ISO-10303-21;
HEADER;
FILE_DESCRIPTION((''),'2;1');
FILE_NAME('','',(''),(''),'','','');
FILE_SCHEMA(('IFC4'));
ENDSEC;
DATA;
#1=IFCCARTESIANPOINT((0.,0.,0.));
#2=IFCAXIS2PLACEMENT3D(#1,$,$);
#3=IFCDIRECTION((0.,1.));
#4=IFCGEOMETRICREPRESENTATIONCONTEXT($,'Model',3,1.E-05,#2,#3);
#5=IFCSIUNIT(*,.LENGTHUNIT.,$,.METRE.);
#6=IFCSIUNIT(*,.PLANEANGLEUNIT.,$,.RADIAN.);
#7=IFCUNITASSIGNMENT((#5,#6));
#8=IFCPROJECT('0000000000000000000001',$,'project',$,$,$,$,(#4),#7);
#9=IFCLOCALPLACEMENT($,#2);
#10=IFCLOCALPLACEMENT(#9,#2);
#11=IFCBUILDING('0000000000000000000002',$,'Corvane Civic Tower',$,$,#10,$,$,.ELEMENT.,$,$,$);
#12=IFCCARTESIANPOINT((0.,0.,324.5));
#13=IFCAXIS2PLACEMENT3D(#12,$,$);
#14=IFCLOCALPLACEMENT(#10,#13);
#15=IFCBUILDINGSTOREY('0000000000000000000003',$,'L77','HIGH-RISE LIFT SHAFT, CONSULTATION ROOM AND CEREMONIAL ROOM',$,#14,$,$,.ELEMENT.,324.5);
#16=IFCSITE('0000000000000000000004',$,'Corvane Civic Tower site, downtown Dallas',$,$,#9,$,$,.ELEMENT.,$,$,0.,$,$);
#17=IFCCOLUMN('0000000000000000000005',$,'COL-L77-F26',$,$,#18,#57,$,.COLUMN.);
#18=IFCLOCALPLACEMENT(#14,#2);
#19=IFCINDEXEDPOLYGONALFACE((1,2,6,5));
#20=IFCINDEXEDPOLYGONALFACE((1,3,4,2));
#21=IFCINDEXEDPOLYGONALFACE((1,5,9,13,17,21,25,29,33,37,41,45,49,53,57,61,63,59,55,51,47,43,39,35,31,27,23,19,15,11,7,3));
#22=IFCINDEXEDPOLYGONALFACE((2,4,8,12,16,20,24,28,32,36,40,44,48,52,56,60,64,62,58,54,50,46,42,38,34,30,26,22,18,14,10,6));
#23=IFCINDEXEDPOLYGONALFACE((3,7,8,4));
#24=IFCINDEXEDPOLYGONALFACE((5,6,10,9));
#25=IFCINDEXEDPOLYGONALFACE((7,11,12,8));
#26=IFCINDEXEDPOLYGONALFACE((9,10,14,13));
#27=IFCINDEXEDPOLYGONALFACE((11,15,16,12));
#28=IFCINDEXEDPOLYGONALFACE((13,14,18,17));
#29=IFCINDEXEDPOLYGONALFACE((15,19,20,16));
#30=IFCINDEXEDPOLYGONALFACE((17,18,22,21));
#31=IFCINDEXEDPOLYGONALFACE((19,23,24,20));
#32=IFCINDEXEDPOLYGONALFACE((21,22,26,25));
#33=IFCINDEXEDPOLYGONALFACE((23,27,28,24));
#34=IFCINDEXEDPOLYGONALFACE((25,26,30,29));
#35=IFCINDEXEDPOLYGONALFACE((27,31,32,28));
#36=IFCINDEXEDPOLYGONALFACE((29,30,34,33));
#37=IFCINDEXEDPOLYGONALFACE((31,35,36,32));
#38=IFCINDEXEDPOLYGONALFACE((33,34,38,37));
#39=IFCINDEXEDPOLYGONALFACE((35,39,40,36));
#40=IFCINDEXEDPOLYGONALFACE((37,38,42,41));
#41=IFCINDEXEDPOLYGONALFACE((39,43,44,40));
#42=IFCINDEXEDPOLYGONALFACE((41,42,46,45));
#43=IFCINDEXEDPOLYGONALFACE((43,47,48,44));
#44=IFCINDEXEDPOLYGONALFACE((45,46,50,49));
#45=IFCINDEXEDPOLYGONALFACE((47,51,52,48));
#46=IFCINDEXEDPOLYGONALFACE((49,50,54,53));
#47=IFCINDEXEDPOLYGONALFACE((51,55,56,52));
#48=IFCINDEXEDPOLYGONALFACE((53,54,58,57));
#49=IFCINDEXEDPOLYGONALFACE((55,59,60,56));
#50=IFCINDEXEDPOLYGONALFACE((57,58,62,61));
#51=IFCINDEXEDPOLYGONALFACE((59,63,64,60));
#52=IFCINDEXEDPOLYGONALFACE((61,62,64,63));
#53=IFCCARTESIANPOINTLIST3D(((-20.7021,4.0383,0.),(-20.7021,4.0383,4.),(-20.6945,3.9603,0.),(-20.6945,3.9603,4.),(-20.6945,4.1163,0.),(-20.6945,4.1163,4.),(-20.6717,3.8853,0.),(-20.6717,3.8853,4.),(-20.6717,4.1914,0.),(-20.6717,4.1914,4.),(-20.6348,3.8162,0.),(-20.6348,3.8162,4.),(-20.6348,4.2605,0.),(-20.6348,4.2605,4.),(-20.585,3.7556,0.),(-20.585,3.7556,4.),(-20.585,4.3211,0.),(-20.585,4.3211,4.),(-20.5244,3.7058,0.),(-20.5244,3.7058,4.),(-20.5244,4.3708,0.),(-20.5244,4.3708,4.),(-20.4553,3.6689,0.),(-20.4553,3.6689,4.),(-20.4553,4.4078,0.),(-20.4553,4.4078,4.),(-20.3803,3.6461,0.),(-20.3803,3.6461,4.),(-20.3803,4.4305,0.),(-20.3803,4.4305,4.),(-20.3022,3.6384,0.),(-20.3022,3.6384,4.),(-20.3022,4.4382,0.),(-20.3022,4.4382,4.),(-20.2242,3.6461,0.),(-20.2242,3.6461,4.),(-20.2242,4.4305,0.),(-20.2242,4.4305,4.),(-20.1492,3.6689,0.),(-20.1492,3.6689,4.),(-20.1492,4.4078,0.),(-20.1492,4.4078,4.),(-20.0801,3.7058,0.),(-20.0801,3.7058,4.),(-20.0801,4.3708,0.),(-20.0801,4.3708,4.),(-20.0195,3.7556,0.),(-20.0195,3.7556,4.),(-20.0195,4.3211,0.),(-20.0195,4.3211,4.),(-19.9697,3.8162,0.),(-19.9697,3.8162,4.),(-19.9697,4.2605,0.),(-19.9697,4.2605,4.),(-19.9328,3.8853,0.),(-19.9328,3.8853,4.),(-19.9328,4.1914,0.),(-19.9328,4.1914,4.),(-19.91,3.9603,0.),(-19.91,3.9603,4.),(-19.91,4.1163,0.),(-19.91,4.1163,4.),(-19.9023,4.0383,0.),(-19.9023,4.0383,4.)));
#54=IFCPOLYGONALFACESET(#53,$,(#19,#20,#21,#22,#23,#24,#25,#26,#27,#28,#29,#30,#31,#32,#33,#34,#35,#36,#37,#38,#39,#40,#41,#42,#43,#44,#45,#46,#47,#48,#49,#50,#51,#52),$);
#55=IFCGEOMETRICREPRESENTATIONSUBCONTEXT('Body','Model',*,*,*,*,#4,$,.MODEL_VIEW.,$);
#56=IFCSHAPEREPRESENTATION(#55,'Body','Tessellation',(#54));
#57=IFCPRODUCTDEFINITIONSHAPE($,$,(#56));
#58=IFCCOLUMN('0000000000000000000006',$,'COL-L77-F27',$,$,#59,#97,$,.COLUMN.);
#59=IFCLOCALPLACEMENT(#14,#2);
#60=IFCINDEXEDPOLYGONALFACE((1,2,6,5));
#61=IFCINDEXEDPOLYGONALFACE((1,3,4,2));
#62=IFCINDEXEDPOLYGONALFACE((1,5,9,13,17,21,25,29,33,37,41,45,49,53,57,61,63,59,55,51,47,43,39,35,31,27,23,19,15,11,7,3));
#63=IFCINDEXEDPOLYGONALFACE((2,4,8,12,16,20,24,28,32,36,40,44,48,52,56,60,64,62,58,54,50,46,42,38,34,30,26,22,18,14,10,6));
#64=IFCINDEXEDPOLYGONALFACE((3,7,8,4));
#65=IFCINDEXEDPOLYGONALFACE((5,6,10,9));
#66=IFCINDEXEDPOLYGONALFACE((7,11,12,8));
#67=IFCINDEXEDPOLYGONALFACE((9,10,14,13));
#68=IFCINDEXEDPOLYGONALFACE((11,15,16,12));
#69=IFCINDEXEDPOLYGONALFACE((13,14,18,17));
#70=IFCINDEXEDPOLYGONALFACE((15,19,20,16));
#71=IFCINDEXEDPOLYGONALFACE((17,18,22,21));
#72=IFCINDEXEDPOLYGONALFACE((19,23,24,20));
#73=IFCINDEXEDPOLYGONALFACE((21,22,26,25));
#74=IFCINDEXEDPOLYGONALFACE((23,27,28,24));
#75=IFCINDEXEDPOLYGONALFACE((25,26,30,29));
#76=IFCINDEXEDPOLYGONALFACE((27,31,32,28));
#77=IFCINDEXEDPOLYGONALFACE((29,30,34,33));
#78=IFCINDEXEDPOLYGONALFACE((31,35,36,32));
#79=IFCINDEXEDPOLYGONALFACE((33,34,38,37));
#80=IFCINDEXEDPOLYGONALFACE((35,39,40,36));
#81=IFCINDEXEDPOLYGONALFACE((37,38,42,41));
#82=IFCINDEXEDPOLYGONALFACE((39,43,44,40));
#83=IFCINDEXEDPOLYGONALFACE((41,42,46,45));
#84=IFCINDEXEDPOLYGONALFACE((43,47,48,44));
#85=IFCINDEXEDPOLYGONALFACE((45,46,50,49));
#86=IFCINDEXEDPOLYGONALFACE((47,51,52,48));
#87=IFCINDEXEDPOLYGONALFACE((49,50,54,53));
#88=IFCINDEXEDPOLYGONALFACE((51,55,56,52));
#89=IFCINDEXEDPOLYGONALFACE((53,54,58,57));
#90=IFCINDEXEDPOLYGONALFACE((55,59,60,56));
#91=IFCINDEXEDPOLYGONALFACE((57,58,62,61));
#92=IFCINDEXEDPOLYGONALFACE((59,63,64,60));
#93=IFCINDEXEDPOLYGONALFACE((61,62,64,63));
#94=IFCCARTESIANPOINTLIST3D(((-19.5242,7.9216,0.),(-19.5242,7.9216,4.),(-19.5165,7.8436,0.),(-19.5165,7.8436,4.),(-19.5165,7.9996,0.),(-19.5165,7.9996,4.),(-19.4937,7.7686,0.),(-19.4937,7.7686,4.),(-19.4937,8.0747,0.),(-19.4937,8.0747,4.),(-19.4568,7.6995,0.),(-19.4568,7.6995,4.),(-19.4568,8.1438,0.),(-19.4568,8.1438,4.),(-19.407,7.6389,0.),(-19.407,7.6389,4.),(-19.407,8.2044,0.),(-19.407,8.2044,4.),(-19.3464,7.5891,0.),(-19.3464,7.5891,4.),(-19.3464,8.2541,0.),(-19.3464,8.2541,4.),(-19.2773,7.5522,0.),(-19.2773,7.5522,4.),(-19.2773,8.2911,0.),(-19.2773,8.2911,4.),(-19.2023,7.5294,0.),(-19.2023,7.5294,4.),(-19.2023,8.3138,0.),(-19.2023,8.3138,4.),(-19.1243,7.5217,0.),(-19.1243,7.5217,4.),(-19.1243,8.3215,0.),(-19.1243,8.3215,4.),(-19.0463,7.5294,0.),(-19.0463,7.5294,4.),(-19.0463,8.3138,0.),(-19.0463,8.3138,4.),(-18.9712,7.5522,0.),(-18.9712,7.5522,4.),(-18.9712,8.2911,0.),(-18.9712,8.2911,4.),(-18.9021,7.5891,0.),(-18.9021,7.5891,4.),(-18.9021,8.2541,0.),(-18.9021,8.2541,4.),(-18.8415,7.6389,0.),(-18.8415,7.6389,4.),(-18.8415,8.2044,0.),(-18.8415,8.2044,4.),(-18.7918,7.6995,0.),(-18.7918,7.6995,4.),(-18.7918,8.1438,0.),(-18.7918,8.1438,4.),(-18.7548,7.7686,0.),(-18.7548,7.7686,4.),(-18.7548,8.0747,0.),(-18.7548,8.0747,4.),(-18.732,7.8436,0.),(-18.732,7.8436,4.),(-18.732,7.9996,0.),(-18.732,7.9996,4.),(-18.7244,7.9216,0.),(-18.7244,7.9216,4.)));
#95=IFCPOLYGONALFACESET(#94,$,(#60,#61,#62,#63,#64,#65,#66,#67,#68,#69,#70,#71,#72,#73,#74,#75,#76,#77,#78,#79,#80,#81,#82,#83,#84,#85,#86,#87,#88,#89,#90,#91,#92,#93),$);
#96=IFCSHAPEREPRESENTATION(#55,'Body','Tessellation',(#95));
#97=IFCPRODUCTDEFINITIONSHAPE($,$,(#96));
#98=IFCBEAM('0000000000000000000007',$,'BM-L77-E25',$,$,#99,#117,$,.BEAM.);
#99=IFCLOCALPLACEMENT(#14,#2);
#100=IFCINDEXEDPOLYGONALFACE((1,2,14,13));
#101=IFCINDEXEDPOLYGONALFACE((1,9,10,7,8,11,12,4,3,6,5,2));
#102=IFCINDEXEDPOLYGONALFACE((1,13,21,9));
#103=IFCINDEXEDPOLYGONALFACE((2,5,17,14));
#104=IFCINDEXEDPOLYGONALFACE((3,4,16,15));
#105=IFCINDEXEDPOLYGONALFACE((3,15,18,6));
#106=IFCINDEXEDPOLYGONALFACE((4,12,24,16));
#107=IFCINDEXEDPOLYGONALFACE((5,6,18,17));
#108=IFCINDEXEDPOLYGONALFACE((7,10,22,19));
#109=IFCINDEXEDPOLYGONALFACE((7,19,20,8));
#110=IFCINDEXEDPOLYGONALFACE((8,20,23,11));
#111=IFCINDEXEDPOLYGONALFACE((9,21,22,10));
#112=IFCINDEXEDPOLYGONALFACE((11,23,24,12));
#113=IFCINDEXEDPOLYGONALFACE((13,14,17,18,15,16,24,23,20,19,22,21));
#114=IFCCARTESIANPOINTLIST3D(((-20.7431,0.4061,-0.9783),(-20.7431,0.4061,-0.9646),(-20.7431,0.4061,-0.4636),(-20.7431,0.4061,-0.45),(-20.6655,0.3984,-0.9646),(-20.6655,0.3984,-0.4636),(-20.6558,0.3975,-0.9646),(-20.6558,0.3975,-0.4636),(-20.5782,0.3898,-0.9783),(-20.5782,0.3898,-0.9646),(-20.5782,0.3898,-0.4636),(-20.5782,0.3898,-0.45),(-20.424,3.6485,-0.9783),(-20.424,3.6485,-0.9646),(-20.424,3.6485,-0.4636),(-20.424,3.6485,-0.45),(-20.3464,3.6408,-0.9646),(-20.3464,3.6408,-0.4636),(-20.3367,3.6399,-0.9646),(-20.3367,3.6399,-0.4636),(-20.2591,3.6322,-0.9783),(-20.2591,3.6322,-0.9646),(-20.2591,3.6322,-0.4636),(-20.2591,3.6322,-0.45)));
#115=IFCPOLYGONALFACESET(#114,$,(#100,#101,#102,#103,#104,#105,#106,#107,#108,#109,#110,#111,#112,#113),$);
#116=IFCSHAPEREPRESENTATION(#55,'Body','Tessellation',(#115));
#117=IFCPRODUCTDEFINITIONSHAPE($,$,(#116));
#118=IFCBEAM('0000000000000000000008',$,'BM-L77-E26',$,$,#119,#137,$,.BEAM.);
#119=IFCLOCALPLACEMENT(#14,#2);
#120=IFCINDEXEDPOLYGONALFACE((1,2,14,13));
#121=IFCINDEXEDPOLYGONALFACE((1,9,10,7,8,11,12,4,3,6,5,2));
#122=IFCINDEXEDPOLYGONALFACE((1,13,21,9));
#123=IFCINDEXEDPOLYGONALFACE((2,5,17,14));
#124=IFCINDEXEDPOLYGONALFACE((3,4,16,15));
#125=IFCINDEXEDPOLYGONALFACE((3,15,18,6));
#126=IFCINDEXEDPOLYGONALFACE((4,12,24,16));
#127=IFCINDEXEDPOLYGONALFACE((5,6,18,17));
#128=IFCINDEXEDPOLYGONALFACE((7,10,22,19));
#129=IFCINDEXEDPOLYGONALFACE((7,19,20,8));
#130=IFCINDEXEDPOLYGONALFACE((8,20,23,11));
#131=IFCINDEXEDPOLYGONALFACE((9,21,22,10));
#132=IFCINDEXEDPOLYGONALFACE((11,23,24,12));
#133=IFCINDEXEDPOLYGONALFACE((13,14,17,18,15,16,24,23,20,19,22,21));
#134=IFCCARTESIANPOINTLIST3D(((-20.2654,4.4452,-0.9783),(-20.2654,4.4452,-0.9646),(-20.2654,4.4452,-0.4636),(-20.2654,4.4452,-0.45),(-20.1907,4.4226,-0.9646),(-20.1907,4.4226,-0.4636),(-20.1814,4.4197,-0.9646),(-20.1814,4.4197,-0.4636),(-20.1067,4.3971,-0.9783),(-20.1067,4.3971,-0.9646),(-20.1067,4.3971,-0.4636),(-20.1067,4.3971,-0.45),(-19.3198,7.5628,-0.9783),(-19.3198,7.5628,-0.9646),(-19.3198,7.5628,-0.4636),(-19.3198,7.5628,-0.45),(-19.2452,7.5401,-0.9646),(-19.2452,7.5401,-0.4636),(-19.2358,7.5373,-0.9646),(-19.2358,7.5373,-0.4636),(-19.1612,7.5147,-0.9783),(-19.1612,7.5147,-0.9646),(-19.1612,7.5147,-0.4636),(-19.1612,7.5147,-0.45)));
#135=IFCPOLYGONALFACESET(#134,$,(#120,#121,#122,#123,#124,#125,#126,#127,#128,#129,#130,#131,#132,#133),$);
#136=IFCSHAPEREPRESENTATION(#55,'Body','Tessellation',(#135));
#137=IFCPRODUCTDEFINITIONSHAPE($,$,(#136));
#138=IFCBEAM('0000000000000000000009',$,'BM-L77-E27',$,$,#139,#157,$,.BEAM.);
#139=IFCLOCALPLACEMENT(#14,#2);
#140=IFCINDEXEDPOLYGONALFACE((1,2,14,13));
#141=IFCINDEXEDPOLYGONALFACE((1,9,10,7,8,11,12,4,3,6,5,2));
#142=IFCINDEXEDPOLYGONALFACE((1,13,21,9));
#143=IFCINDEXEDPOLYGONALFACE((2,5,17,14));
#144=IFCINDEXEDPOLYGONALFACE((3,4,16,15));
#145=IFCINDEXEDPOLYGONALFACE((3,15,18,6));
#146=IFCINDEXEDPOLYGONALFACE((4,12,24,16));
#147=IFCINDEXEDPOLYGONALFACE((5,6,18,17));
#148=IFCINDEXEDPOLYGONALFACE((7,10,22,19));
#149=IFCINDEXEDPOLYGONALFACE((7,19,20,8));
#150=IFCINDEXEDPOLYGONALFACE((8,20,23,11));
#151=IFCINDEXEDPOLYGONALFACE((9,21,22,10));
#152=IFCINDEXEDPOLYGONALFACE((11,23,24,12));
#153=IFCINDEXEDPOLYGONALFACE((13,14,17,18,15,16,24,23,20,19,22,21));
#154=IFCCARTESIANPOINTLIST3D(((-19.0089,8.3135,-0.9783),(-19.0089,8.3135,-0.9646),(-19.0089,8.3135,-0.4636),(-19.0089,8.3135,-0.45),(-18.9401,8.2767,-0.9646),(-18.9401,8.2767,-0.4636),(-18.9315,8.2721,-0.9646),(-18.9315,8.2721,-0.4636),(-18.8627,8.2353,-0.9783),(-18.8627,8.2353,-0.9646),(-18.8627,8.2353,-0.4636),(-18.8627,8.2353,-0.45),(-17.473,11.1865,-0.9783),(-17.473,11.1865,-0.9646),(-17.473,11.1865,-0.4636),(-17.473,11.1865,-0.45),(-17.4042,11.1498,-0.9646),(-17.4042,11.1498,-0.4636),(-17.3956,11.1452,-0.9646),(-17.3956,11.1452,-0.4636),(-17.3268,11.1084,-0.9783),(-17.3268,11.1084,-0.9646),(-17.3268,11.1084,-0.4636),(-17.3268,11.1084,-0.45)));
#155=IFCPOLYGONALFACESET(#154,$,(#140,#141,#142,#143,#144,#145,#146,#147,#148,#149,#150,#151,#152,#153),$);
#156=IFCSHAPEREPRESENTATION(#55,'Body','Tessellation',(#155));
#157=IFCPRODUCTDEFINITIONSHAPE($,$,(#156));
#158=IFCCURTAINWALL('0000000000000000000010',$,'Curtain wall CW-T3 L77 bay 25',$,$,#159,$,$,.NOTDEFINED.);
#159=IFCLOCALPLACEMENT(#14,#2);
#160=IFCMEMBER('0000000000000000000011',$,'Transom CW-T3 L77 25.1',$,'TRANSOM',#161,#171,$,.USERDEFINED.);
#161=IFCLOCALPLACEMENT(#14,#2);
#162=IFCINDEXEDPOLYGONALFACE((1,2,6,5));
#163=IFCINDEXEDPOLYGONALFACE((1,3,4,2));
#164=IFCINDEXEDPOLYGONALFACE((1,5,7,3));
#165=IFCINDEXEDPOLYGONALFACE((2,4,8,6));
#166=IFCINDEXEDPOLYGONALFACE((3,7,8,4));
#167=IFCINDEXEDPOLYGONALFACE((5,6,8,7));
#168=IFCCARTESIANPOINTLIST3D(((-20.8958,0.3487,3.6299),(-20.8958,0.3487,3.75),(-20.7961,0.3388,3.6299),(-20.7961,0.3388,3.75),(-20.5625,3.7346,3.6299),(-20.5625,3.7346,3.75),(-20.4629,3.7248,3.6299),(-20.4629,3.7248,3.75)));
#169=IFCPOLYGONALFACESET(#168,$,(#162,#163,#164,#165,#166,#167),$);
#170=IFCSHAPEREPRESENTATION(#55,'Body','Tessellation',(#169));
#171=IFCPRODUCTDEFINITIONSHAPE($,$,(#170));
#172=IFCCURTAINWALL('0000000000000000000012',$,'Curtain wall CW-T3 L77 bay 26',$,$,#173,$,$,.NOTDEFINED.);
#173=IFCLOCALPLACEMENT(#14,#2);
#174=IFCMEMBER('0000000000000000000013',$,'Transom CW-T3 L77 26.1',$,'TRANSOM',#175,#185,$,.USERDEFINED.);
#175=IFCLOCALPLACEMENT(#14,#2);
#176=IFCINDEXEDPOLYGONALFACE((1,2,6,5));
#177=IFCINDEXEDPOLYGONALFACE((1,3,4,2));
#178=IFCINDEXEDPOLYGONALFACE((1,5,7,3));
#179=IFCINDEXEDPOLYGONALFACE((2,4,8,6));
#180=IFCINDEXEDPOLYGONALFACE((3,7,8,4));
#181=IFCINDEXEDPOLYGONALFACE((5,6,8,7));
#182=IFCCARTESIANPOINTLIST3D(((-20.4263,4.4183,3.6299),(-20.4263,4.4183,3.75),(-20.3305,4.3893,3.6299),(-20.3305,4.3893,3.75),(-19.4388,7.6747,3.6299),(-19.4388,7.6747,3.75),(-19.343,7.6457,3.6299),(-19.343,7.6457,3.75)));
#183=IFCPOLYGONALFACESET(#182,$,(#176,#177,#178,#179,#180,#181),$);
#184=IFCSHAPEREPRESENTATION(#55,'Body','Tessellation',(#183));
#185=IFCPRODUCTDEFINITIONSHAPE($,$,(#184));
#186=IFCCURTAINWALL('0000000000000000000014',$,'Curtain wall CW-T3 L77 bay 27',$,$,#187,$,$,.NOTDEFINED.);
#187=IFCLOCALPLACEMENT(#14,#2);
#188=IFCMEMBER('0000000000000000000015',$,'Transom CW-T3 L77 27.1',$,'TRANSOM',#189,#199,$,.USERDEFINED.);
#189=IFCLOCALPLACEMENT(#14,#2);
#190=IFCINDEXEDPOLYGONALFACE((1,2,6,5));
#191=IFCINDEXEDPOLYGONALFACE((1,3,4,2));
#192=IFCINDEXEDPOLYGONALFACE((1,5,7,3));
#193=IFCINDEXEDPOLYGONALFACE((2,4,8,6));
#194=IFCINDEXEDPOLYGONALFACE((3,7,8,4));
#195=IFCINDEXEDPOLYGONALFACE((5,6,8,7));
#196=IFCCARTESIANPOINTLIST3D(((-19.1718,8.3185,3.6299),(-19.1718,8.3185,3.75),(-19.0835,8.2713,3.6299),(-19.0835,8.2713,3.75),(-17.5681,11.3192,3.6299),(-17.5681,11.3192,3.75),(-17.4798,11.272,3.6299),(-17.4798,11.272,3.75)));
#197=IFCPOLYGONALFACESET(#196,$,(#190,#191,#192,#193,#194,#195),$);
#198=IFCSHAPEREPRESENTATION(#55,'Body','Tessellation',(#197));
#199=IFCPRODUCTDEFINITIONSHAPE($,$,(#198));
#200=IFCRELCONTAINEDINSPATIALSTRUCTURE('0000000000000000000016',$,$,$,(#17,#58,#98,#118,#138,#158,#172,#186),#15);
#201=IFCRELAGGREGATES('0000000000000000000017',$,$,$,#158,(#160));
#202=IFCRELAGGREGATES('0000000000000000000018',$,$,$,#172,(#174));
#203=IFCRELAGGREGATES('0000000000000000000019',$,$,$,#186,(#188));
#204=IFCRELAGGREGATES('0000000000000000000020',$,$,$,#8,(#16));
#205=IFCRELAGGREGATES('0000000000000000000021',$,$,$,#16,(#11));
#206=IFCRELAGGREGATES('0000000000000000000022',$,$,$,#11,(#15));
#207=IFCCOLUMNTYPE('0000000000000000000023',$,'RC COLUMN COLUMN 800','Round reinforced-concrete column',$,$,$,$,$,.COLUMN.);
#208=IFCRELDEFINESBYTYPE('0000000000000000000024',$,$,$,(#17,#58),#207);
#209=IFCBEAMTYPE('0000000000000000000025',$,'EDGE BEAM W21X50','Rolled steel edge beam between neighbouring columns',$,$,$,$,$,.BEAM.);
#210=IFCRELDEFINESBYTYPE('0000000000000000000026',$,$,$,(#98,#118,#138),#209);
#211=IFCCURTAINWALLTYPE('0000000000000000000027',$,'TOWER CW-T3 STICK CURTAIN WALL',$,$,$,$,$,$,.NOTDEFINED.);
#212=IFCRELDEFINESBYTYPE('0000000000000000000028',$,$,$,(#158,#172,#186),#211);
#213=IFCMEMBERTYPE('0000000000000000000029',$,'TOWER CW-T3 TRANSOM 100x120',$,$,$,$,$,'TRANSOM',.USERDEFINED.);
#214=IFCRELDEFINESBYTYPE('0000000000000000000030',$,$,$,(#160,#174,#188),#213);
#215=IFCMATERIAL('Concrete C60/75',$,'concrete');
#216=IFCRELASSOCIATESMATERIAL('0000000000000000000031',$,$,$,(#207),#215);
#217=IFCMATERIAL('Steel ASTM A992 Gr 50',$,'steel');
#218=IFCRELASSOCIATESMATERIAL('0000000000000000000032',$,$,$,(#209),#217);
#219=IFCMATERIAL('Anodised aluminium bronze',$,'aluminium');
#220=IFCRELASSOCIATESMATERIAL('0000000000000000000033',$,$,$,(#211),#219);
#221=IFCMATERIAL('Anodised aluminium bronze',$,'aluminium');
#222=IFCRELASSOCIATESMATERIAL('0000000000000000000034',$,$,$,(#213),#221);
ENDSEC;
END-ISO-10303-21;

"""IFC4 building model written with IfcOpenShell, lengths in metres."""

from ifc_helpers import new_model, si_unit, direction, frame, origin, origin_2d, place, context, subcontext, project, spatial, rectangle, circle, i_section, extrude, material, material_profile, profile_set, type_object, element, aggregate, save


model = new_model("IFC4")

# Units and contexts
model_context = context("Model", 3, precision=1e-05, world=origin(), true_north=direction((0.0, 1.0)))
body_context = subcontext(model_context, "Body", "Model", "MODEL_VIEW")
ifc_project = project(units=[si_unit("LENGTHUNIT", "METRE"), si_unit("PLANEANGLEUNIT", "RADIAN")], contexts=[model_context])

# Site, building, storey
site_placement = place(None, origin())
site = spatial("IfcSite", under=ifc_project, at=site_placement, Name="Corvane Civic Tower site, downtown Dallas", CompositionType="ELEMENT", RefElevation=0.0)
building_placement = place(site_placement, origin())
building = spatial("IfcBuilding", under=site, at=building_placement, Name="Corvane Civic Tower", CompositionType="ELEMENT")
storey_placement = place(building_placement, frame((0.0, 0.0, 324.5)))
storey = spatial("IfcBuildingStorey", under=building, at=storey_placement, Name="L77", Description="HIGH-RISE LIFT SHAFT, CONSULTATION ROOM AND CEREMONIAL ROOM", CompositionType="ELEMENT", Elevation=324.5)

# Columns
ifc_material_1 = material(Name="Concrete C60/75", Category="concrete")
ifc_material_profile_1 = material_profile(ifc_material_1, circle(Radius=0.3999, at=origin_2d()), Name="COLUMN 800")
ifc_profile_set_1 = profile_set([ifc_material_profile_1], Name="Concrete C60/75")
column_type = type_object("IfcColumnType", Name="RC COLUMN COLUMN 800", Description="Round reinforced-concrete column", PredefinedType="COLUMN", material=ifc_profile_set_1)
for number, where, z_axis, x_axis, name in (
    (1, (-20.3022, 4.0383, 0.0), (0.0, 0.0, 1.0), (1.0, 0.0, 0.0), "COL-L77-F26"),
    (2, (-19.1243, 7.9216, 0.0), (0.0, 0.0, 1.0), (1.0, 0.0, 0.0), "COL-L77-F27"),
):
    element("IfcColumn", number, at=place(storey_placement, frame(where, z_axis=z_axis, x_axis=x_axis)), inside=storey, type_object=column_type, Name=name, PredefinedType="COLUMN", context=body_context, shape_type="SweptSolid", body=[
        extrude(circle(Radius=0.3999, at=origin_2d()), origin(), (0.0, 0.0, 1.0), 4.0),
    ])

# Beams
ifc_material_2 = material(Name="Steel ASTM A992 Gr 50", Category="steel")
ifc_material_profile_2 = material_profile(ifc_material_2, i_section(OverallWidth=0.1658, OverallDepth=0.5283, WebThickness=0.0098, FlangeThickness=0.0137, at=origin_2d()), Name="W21X50")
ifc_profile_set_2 = profile_set([ifc_material_profile_2], Name="Steel ASTM A992 Gr 50")
beam_type = type_object("IfcBeamType", Name="EDGE BEAM W21X50", Description="Rolled steel edge beam between neighbouring columns", PredefinedType="BEAM", material=ifc_profile_set_2)
beam_placement = place(storey_placement, frame((-20.6606, 0.3979, -0.7141), z_axis=(0.097938, 0.995193, 0.0), x_axis=(-0.995193, 0.097938, 0.0)))
element("IfcBeam", 3, at=beam_placement, inside=storey, type_object=beam_type, Name="BM-L77-E25", PredefinedType="BEAM", context=body_context, shape_type="SweptSolid", body=[
    extrude(i_section(OverallWidth=0.1658, OverallDepth=0.5283, WebThickness=0.0098, FlangeThickness=0.0137, at=origin_2d()), origin(), (0.0, 0.0, 1.0), 3.2581),
])
for number, where, z_axis, x_axis, name in (
    (4, (-20.186, 4.4211, -0.7141), (0.290234, 0.956956, 0.0), (-0.956956, 0.290234, 0.0), "BM-L77-E26"),
    (5, (-18.9358, 8.2744, -0.7141), (0.471448, 0.881894, 0.0), (-0.881894, 0.471448, 0.0), "BM-L77-E27"),
):
    element("IfcBeam", number, at=place(storey_placement, frame(where, z_axis=z_axis, x_axis=x_axis)), inside=storey, type_object=beam_type, Name=name, PredefinedType="BEAM", context=body_context, shape_type="SweptSolid", body=[
        extrude(i_section(OverallWidth=0.1658, OverallDepth=0.5283, WebThickness=0.0098, FlangeThickness=0.0137, at=origin_2d()), origin(), (0.0, 0.0, 1.0), 3.2578),
    ])

# Curtain walls, members
ifc_material_3 = material(Name="Anodised aluminium bronze", Category="aluminium")
curtain_wall_type = type_object("IfcCurtainWallType", Name="TOWER CW-T3 STICK CURTAIN WALL", PredefinedType="NOTDEFINED", material=ifc_material_3)
curtain_wall_1_placement = place(storey_placement, origin())
curtain_wall_1 = element("IfcCurtainWall", 6, at=curtain_wall_1_placement, inside=storey, type_object=curtain_wall_type, Name="Curtain wall CW-T3 L77 bay 25", PredefinedType="NOTDEFINED")
ifc_material_4 = material(Name="Anodised aluminium bronze", Category="aluminium")
ifc_material_profile_3 = material_profile(ifc_material_4, rectangle(XDim=0.1001, YDim=0.1201, at=origin_2d()), Name="TOWER CW-T3 TRANSOM 100x120")
ifc_profile_set_3 = profile_set([ifc_material_profile_3], Name="Anodised aluminium bronze")
member_type = type_object("IfcMemberType", Name="TOWER CW-T3 TRANSOM 100x120", ElementType="TRANSOM", PredefinedType="USERDEFINED", material=ifc_profile_set_3)
member_1_placement = place(storey_placement, frame((-20.8459, 0.3438, 3.6899), z_axis=(0.097948, 0.995192, 0.0), x_axis=(-0.995192, 0.097948, 0.0)))
member_1 = element("IfcMember", 7, at=member_1_placement, type_object=member_type, Name="Transom CW-T3 L77 25.1", ObjectType="TRANSOM", PredefinedType="USERDEFINED", context=body_context, shape_type="SweptSolid", body=[
    extrude(rectangle(XDim=0.1001, YDim=0.1201, at=origin_2d()), origin(), (0.0, 0.0, 1.0), 3.4023),
])
curtain_wall_2_placement = place(storey_placement, origin())
curtain_wall_2 = element("IfcCurtainWall", 8, at=curtain_wall_2_placement, inside=storey, type_object=curtain_wall_type, Name="Curtain wall CW-T3 L77 bay 26", PredefinedType="NOTDEFINED")
member_2_placement = place(storey_placement, frame((-20.3784, 4.4038, 3.6899), z_axis=(0.290216, 0.956961, 0.0), x_axis=(-0.956961, 0.290216, 0.0)))
member_2 = element("IfcMember", 9, at=member_2_placement, type_object=member_type, Name="Transom CW-T3 L77 26.1", ObjectType="TRANSOM", PredefinedType="USERDEFINED", context=body_context, shape_type="SweptSolid", body=[
    extrude(rectangle(XDim=0.1001, YDim=0.1201, at=origin_2d()), origin(), (0.0, 0.0, 1.0), 3.4028),
])
curtain_wall_3_placement = place(storey_placement, origin())
curtain_wall_3 = element("IfcCurtainWall", 10, at=curtain_wall_3_placement, inside=storey, type_object=curtain_wall_type, Name="Curtain wall CW-T3 L77 bay 27", PredefinedType="NOTDEFINED")
member_3_placement = place(storey_placement, frame((-19.1277, 8.2949, 3.6899), z_axis=(0.471359, 0.881941, 0.0), x_axis=(-0.881941, 0.471359, 0.0)))
member_3 = element("IfcMember", 11, at=member_3_placement, type_object=member_type, Name="Transom CW-T3 L77 27.1", ObjectType="TRANSOM", PredefinedType="USERDEFINED", context=body_context, shape_type="SweptSolid", body=[
    extrude(rectangle(XDim=0.1001, YDim=0.1201, at=origin_2d()), origin(), (0.0, 0.0, 1.0), 3.4023),
])

aggregate(curtain_wall_1, [member_1])
aggregate(curtain_wall_2, [member_2])
aggregate(curtain_wall_3, [member_3])

save(model, "model.ifc")
